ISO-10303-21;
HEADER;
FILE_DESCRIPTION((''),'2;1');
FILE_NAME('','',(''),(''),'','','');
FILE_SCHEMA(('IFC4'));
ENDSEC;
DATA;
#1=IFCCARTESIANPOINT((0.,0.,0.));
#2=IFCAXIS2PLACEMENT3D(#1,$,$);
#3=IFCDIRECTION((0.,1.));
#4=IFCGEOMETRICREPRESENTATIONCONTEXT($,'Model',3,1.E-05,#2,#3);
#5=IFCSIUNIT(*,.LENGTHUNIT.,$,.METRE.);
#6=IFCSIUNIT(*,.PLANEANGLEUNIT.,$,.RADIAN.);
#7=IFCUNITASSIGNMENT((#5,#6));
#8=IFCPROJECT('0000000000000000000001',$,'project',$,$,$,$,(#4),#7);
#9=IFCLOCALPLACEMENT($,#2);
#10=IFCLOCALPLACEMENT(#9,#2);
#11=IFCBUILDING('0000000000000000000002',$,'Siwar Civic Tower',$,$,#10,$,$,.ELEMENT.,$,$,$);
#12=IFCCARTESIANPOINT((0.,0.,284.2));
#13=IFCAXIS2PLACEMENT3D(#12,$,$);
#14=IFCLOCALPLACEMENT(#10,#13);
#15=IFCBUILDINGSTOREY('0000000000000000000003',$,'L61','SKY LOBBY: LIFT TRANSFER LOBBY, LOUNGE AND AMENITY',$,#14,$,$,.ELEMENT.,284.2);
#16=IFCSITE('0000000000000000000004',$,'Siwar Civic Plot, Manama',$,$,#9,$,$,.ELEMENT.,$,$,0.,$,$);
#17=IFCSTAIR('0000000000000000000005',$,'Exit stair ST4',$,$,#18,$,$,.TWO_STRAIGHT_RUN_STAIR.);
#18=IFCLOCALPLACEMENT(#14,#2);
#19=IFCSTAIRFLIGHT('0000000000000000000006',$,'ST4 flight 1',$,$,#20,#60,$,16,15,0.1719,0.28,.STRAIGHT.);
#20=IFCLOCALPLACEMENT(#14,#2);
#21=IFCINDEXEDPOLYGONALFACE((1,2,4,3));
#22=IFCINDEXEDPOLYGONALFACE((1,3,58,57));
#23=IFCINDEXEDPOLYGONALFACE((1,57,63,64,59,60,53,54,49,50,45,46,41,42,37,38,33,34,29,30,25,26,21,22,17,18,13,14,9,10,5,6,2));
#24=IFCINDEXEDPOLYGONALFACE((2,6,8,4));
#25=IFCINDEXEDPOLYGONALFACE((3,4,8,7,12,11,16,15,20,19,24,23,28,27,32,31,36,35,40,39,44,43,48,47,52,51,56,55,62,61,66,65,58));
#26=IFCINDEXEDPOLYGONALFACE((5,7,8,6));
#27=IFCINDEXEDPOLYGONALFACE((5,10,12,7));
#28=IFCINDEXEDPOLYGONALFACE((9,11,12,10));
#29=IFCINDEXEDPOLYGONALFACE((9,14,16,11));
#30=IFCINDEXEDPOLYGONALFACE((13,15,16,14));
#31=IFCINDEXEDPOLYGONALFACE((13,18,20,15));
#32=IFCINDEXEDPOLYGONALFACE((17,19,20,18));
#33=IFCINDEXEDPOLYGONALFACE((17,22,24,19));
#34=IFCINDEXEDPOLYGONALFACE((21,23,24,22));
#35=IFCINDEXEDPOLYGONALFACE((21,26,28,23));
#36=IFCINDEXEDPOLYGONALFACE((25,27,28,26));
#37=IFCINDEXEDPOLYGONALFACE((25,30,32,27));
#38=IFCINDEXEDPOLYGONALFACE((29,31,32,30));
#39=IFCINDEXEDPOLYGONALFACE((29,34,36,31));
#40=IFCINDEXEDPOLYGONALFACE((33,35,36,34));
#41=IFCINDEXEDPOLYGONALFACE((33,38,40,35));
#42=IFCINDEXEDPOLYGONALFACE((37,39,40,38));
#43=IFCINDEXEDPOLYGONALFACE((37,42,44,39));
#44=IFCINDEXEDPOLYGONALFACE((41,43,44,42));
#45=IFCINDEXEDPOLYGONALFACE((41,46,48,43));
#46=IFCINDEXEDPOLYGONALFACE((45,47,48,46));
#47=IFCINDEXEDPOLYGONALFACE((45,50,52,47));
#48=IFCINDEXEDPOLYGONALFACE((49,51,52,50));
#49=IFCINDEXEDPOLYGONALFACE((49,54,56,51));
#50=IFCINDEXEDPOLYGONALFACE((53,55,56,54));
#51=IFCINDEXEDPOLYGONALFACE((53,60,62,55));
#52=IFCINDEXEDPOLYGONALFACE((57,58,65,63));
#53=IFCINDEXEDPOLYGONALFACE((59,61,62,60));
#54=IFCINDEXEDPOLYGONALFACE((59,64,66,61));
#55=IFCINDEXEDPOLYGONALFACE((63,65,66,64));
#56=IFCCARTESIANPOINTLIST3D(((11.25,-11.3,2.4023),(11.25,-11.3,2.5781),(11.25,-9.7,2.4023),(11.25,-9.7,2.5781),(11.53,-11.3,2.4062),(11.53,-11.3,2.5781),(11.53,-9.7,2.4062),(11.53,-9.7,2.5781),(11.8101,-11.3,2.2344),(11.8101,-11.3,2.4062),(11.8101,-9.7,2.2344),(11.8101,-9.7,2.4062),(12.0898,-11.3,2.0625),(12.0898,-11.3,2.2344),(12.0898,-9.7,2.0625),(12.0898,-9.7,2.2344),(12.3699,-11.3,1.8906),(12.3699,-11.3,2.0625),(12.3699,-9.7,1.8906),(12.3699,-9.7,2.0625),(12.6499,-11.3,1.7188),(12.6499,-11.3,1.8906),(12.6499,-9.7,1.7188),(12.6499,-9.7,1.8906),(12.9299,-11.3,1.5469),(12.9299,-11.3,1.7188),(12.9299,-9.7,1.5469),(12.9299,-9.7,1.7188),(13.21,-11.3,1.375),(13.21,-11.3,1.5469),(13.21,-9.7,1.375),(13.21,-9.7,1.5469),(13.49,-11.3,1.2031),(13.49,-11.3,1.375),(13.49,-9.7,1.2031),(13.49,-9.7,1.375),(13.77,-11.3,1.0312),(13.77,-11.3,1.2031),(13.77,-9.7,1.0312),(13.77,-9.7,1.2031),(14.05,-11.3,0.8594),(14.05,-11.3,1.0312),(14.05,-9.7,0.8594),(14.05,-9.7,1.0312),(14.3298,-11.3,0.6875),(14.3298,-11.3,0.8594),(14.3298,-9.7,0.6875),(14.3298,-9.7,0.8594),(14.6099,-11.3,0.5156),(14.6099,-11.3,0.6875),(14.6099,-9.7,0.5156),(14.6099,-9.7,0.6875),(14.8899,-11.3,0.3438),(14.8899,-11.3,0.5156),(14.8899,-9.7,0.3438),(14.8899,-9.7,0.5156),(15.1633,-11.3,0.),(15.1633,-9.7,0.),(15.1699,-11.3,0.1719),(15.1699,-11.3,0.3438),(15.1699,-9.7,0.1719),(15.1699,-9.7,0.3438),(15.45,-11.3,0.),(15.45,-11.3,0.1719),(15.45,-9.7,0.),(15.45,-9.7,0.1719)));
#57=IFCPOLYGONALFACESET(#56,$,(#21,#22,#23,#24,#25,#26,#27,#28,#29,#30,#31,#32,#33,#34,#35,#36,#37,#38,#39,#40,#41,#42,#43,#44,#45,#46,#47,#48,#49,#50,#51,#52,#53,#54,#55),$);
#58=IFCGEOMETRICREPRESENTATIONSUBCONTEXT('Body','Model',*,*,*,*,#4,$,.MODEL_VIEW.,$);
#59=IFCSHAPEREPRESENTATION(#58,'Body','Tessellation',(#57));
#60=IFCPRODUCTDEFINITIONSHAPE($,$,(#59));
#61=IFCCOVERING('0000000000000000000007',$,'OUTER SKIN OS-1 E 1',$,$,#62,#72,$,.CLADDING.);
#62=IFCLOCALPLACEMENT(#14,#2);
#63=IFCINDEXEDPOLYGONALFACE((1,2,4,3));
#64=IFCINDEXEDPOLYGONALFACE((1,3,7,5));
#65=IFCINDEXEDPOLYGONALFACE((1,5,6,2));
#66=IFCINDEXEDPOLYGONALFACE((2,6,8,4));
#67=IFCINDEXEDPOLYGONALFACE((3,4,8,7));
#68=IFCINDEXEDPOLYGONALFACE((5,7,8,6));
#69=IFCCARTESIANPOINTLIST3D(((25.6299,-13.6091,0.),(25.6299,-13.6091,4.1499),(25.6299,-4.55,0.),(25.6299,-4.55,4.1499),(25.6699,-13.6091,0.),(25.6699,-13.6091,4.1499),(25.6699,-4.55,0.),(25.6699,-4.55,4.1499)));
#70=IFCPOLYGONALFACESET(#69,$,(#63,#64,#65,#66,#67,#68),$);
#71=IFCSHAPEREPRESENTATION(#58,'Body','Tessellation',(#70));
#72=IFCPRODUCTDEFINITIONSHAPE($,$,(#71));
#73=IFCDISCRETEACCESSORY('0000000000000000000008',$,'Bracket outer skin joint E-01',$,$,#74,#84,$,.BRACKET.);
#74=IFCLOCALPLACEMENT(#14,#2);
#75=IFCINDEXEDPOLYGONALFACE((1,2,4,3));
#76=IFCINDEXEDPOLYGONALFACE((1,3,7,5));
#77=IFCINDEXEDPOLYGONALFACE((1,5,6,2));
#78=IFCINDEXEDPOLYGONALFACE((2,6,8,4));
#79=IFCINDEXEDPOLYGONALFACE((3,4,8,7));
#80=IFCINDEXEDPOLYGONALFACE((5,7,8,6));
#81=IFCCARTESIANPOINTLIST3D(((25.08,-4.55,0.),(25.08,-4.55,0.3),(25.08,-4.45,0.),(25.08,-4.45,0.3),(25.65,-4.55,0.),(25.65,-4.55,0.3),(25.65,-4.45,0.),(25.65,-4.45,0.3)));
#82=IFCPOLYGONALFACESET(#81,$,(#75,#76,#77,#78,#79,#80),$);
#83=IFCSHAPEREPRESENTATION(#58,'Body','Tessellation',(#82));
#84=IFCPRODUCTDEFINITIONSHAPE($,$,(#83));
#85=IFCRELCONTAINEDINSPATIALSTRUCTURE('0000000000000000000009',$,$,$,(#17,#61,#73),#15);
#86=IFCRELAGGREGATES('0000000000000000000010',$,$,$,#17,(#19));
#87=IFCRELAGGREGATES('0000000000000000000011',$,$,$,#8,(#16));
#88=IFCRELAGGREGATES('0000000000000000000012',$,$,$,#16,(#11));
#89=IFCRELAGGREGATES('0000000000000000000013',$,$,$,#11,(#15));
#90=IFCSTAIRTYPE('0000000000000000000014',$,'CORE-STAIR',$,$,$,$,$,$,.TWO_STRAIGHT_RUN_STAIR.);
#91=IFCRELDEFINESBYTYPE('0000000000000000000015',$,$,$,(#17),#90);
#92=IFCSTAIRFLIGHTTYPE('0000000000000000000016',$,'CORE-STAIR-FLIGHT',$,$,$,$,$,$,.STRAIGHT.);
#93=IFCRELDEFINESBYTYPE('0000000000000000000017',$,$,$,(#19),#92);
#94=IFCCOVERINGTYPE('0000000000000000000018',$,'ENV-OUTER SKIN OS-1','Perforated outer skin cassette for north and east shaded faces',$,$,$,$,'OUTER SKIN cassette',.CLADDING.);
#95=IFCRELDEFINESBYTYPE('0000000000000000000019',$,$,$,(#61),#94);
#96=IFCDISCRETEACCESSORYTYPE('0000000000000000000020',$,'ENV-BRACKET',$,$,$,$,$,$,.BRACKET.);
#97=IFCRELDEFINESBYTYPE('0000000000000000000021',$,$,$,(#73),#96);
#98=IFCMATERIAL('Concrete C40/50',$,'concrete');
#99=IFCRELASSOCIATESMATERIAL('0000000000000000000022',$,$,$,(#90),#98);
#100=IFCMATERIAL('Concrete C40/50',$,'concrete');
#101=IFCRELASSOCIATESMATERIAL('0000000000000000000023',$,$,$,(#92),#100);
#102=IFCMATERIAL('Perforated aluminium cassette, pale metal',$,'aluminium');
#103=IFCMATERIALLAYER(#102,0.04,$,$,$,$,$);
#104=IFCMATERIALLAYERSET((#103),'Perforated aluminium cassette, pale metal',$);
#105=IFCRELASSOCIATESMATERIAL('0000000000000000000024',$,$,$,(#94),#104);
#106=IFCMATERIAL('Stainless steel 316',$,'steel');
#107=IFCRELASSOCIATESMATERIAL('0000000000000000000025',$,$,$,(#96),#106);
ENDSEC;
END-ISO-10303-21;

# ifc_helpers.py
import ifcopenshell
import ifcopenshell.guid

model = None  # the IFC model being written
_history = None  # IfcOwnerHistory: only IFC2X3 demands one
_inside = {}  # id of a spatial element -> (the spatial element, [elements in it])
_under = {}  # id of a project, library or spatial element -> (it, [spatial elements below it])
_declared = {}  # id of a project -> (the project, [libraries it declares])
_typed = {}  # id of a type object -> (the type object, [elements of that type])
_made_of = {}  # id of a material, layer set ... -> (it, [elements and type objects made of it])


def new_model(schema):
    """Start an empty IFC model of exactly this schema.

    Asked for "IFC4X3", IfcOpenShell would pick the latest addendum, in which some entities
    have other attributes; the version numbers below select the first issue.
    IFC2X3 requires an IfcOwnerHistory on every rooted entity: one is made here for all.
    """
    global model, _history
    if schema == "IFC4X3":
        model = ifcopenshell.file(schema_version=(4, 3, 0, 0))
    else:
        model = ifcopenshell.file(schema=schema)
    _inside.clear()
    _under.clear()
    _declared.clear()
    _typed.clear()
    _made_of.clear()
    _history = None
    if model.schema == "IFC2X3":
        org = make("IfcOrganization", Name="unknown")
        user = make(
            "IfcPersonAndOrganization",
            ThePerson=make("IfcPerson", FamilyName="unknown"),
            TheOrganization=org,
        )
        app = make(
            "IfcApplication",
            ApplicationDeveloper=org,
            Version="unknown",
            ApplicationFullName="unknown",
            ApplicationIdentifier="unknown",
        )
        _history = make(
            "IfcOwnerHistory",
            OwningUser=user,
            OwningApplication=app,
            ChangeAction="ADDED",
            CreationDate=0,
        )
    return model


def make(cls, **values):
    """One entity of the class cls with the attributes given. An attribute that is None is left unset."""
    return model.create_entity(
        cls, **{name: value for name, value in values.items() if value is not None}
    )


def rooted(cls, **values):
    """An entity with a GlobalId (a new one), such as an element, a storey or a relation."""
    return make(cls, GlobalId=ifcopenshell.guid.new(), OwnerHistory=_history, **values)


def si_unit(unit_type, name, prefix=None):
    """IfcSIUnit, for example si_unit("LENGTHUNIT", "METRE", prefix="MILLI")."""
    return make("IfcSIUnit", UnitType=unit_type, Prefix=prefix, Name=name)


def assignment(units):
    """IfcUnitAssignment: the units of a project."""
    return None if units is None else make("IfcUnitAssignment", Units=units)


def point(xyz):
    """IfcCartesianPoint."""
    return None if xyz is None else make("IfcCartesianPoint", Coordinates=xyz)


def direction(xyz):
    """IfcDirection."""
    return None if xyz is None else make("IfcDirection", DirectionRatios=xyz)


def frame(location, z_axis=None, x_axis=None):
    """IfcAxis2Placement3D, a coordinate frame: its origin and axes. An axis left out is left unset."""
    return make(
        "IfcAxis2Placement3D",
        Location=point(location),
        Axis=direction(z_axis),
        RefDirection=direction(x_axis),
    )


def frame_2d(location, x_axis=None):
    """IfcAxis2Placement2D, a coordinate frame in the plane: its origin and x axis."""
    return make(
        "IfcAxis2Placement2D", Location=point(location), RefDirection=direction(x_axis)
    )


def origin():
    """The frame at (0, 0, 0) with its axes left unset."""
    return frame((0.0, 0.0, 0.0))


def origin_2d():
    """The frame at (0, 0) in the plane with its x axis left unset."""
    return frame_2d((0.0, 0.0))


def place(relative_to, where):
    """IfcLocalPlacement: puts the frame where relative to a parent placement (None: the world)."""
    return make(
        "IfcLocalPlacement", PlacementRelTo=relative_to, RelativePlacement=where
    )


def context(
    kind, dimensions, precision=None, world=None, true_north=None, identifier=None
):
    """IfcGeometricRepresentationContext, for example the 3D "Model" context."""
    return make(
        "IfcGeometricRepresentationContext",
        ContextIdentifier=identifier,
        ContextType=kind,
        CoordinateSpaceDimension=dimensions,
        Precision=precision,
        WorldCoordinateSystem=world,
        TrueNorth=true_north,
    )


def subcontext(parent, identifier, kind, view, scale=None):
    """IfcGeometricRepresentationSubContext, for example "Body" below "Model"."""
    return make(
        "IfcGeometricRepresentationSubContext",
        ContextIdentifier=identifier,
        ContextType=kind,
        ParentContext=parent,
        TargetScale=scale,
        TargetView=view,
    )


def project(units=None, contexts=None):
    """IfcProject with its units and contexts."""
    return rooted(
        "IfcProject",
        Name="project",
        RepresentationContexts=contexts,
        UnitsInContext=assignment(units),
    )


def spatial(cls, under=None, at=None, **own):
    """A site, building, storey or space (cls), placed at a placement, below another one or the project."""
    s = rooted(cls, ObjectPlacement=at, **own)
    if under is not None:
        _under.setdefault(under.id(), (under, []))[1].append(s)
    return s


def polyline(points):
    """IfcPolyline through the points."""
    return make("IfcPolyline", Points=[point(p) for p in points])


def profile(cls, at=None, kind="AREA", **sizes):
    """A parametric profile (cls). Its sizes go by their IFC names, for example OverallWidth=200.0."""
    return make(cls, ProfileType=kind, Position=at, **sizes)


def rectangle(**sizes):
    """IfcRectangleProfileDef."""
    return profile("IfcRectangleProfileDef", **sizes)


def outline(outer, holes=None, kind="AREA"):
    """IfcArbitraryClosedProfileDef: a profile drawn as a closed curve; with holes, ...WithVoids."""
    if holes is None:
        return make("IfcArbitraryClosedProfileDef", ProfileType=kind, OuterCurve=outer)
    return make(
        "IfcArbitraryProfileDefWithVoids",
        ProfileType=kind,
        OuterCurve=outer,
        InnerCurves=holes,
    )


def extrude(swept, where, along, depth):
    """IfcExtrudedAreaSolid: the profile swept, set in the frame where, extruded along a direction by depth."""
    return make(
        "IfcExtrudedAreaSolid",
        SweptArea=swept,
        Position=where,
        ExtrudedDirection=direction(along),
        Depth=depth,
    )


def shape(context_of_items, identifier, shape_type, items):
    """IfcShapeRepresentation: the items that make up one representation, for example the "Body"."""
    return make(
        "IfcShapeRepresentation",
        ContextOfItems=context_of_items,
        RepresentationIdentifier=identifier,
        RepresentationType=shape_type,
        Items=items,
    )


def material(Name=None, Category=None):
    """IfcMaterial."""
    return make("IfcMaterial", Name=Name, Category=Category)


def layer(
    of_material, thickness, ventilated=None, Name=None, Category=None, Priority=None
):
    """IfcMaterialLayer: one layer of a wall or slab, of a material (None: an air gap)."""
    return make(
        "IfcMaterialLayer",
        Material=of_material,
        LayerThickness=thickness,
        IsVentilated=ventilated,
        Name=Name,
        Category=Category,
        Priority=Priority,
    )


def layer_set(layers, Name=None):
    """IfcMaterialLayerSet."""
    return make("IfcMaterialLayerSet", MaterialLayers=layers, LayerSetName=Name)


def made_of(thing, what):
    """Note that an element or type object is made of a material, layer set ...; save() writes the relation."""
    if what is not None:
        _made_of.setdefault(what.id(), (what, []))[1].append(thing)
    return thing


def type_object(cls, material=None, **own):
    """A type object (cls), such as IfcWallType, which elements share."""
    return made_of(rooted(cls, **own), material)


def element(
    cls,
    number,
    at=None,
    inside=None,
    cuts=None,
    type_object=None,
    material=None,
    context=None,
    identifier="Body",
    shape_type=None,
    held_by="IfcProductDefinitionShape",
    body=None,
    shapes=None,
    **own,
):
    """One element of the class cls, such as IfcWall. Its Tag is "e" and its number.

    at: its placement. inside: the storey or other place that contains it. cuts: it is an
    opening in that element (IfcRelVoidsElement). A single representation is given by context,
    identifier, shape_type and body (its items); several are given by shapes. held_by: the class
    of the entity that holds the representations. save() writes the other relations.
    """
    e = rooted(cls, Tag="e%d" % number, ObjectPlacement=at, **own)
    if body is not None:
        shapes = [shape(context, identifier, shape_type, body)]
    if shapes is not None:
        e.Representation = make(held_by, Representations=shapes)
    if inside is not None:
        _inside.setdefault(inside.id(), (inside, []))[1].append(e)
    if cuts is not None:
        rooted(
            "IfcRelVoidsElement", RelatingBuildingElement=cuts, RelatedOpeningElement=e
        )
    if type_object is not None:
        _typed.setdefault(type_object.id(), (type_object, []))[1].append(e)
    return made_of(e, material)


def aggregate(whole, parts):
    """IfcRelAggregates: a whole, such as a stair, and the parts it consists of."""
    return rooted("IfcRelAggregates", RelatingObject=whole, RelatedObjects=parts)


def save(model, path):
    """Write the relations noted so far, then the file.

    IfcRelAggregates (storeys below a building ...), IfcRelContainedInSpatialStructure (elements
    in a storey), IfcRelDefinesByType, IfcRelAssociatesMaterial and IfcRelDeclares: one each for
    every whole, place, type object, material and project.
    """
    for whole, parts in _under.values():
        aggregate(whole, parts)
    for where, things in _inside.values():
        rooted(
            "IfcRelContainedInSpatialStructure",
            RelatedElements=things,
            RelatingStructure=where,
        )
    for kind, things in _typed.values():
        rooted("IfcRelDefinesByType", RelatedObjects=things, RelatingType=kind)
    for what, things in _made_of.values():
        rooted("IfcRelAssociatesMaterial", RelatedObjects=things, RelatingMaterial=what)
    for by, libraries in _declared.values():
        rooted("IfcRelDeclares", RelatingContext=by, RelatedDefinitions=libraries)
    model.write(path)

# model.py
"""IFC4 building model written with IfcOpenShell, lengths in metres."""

from ifc_helpers import new_model, si_unit, direction, frame, origin, origin_2d, place, context, subcontext, project, spatial, polyline, rectangle, outline, extrude, material, layer, layer_set, type_object, element, aggregate, save


model = new_model("IFC4")

# Units and contexts
model_context = context("Model", 3, precision=1e-05, world=origin(), true_north=direction((0.0, 1.0)))
body_context = subcontext(model_context, "Body", "Model", "MODEL_VIEW")
ifc_project = project(units=[si_unit("LENGTHUNIT", "METRE"), si_unit("PLANEANGLEUNIT", "RADIAN")], contexts=[model_context])

# Site, building, storey
site_placement = place(None, origin())
site = spatial("IfcSite", under=ifc_project, at=site_placement, Name="Siwar Civic Plot, Manama", CompositionType="ELEMENT", RefElevation=0.0)
building_placement = place(site_placement, origin())
building = spatial("IfcBuilding", under=site, at=building_placement, Name="Siwar Civic Tower", CompositionType="ELEMENT")
storey_placement = place(building_placement, frame((0.0, 0.0, 284.2)))
storey = spatial("IfcBuildingStorey", under=building, at=storey_placement, Name="L61", Description="SKY LOBBY: LIFT TRANSFER LOBBY, LOUNGE AND AMENITY", CompositionType="ELEMENT", Elevation=284.2)

# Stair, stair flight
ifc_material_1 = material(Name="Concrete C40/50", Category="concrete")
stair_type = type_object("IfcStairType", Name="CORE-STAIR", PredefinedType="TWO_STRAIGHT_RUN_STAIR", material=ifc_material_1)
stair_placement = place(storey_placement, origin())
stair = element("IfcStair", 1, at=stair_placement, inside=storey, type_object=stair_type, Name="Exit stair ST4", PredefinedType="TWO_STRAIGHT_RUN_STAIR")
ifc_material_2 = material(Name="Concrete C40/50", Category="concrete")
stair_flight_type = type_object("IfcStairFlightType", Name="CORE-STAIR-FLIGHT", PredefinedType="STRAIGHT", material=ifc_material_2)
stair_flight_placement = place(storey_placement, frame((15.45, -10.5, 0.0), z_axis=(0.0, 0.0, 1.0), x_axis=(-1.0, 0.0, 0.0)))
stair_flight = element("IfcStairFlight", 2, at=stair_flight_placement, type_object=stair_flight_type, Name="ST4 flight 1", NumberOfRisers=16, NumberOfTreads=15, PredefinedType="STRAIGHT", RiserHeight=0.1719, TreadLength=0.28, context=body_context, shape_type="SweptSolid", body=[
    extrude(outline(polyline([(0.0, 0.0), (0.0, 0.1719), (0.28, 0.1719), (0.28, 0.3438), (0.5601, 0.3438), (0.5601, 0.5156), (0.8401, 0.5156), (0.8401, 0.6875), (1.1201, 0.6875), (1.1201, 0.8594), (1.3999, 0.8594), (1.3999, 1.0312), (1.6799, 1.0312), (1.6799, 1.2031), (1.96, 1.2031), (1.96, 1.375), (2.24, 1.375), (2.24, 1.5469), (2.52, 1.5469), (2.52, 1.7188), (2.8, 1.7188), (2.8, 1.8906), (3.0801, 1.8906), (3.0801, 2.0625), (3.3601, 2.0625), (3.3601, 2.2344), (3.6399, 2.2344), (3.6399, 2.4062), (3.9199, 2.4062), (3.9199, 2.5781), (4.2, 2.5781), (4.2, 2.75), (4.2, 2.4023), (0.2866, 0.0), (0.0, 0.0)])), frame((0.0, 0.8, 0.0), z_axis=(0.0, -1.0, 0.0), x_axis=(1.0, 0.0, 0.0)), (0.0, 0.0, 1.0), 1.6001),
])
aggregate(stair, [stair_flight])

# Covering
ifc_material_3 = material(Name="Perforated aluminium cassette, pale metal", Category="aluminium")
ifc_layer_1 = layer(ifc_material_3, 0.04)
ifc_layer_set_1 = layer_set([ifc_layer_1], Name="Perforated aluminium cassette, pale metal")
covering_type = type_object("IfcCoveringType", Name="ENV-OUTER SKIN OS-1", Description="Perforated outer skin cassette for north and east shaded faces", ElementType="OUTER SKIN cassette", PredefinedType="CLADDING", material=ifc_layer_set_1)
covering_placement = place(storey_placement, frame((25.6499, -9.0796, 0.0), z_axis=(0.0, 0.0, 1.0), x_axis=(0.0, 1.0, 0.0)))
element("IfcCovering", 3, at=covering_placement, inside=storey, type_object=covering_type, Name="OUTER SKIN OS-1 E 1", PredefinedType="CLADDING", context=body_context, shape_type="SweptSolid", body=[
    extrude(rectangle(XDim=9.0591, YDim=0.04, at=origin_2d()), origin(), (0.0, 0.0, 1.0), 4.1499),
])

# Discrete accessory
ifc_material_4 = material(Name="Stainless steel 316", Category="steel")
discrete_accessory_type = type_object("IfcDiscreteAccessoryType", Name="ENV-BRACKET", PredefinedType="BRACKET", material=ifc_material_4)
discrete_accessory_placement = place(storey_placement, frame((25.365, -4.5, 0.0), z_axis=(0.0, 0.0, 1.0), x_axis=(1.0, 0.0, 0.0)))
element("IfcDiscreteAccessory", 4, at=discrete_accessory_placement, inside=storey, type_object=discrete_accessory_type, Name="Bracket outer skin joint E-01", PredefinedType="BRACKET", context=body_context, shape_type="SweptSolid", body=[
    extrude(rectangle(XDim=0.5701, YDim=0.1001, at=origin_2d()), origin(), (0.0, 0.0, 1.0), 0.3),
])

save(model, "model.ifc")
